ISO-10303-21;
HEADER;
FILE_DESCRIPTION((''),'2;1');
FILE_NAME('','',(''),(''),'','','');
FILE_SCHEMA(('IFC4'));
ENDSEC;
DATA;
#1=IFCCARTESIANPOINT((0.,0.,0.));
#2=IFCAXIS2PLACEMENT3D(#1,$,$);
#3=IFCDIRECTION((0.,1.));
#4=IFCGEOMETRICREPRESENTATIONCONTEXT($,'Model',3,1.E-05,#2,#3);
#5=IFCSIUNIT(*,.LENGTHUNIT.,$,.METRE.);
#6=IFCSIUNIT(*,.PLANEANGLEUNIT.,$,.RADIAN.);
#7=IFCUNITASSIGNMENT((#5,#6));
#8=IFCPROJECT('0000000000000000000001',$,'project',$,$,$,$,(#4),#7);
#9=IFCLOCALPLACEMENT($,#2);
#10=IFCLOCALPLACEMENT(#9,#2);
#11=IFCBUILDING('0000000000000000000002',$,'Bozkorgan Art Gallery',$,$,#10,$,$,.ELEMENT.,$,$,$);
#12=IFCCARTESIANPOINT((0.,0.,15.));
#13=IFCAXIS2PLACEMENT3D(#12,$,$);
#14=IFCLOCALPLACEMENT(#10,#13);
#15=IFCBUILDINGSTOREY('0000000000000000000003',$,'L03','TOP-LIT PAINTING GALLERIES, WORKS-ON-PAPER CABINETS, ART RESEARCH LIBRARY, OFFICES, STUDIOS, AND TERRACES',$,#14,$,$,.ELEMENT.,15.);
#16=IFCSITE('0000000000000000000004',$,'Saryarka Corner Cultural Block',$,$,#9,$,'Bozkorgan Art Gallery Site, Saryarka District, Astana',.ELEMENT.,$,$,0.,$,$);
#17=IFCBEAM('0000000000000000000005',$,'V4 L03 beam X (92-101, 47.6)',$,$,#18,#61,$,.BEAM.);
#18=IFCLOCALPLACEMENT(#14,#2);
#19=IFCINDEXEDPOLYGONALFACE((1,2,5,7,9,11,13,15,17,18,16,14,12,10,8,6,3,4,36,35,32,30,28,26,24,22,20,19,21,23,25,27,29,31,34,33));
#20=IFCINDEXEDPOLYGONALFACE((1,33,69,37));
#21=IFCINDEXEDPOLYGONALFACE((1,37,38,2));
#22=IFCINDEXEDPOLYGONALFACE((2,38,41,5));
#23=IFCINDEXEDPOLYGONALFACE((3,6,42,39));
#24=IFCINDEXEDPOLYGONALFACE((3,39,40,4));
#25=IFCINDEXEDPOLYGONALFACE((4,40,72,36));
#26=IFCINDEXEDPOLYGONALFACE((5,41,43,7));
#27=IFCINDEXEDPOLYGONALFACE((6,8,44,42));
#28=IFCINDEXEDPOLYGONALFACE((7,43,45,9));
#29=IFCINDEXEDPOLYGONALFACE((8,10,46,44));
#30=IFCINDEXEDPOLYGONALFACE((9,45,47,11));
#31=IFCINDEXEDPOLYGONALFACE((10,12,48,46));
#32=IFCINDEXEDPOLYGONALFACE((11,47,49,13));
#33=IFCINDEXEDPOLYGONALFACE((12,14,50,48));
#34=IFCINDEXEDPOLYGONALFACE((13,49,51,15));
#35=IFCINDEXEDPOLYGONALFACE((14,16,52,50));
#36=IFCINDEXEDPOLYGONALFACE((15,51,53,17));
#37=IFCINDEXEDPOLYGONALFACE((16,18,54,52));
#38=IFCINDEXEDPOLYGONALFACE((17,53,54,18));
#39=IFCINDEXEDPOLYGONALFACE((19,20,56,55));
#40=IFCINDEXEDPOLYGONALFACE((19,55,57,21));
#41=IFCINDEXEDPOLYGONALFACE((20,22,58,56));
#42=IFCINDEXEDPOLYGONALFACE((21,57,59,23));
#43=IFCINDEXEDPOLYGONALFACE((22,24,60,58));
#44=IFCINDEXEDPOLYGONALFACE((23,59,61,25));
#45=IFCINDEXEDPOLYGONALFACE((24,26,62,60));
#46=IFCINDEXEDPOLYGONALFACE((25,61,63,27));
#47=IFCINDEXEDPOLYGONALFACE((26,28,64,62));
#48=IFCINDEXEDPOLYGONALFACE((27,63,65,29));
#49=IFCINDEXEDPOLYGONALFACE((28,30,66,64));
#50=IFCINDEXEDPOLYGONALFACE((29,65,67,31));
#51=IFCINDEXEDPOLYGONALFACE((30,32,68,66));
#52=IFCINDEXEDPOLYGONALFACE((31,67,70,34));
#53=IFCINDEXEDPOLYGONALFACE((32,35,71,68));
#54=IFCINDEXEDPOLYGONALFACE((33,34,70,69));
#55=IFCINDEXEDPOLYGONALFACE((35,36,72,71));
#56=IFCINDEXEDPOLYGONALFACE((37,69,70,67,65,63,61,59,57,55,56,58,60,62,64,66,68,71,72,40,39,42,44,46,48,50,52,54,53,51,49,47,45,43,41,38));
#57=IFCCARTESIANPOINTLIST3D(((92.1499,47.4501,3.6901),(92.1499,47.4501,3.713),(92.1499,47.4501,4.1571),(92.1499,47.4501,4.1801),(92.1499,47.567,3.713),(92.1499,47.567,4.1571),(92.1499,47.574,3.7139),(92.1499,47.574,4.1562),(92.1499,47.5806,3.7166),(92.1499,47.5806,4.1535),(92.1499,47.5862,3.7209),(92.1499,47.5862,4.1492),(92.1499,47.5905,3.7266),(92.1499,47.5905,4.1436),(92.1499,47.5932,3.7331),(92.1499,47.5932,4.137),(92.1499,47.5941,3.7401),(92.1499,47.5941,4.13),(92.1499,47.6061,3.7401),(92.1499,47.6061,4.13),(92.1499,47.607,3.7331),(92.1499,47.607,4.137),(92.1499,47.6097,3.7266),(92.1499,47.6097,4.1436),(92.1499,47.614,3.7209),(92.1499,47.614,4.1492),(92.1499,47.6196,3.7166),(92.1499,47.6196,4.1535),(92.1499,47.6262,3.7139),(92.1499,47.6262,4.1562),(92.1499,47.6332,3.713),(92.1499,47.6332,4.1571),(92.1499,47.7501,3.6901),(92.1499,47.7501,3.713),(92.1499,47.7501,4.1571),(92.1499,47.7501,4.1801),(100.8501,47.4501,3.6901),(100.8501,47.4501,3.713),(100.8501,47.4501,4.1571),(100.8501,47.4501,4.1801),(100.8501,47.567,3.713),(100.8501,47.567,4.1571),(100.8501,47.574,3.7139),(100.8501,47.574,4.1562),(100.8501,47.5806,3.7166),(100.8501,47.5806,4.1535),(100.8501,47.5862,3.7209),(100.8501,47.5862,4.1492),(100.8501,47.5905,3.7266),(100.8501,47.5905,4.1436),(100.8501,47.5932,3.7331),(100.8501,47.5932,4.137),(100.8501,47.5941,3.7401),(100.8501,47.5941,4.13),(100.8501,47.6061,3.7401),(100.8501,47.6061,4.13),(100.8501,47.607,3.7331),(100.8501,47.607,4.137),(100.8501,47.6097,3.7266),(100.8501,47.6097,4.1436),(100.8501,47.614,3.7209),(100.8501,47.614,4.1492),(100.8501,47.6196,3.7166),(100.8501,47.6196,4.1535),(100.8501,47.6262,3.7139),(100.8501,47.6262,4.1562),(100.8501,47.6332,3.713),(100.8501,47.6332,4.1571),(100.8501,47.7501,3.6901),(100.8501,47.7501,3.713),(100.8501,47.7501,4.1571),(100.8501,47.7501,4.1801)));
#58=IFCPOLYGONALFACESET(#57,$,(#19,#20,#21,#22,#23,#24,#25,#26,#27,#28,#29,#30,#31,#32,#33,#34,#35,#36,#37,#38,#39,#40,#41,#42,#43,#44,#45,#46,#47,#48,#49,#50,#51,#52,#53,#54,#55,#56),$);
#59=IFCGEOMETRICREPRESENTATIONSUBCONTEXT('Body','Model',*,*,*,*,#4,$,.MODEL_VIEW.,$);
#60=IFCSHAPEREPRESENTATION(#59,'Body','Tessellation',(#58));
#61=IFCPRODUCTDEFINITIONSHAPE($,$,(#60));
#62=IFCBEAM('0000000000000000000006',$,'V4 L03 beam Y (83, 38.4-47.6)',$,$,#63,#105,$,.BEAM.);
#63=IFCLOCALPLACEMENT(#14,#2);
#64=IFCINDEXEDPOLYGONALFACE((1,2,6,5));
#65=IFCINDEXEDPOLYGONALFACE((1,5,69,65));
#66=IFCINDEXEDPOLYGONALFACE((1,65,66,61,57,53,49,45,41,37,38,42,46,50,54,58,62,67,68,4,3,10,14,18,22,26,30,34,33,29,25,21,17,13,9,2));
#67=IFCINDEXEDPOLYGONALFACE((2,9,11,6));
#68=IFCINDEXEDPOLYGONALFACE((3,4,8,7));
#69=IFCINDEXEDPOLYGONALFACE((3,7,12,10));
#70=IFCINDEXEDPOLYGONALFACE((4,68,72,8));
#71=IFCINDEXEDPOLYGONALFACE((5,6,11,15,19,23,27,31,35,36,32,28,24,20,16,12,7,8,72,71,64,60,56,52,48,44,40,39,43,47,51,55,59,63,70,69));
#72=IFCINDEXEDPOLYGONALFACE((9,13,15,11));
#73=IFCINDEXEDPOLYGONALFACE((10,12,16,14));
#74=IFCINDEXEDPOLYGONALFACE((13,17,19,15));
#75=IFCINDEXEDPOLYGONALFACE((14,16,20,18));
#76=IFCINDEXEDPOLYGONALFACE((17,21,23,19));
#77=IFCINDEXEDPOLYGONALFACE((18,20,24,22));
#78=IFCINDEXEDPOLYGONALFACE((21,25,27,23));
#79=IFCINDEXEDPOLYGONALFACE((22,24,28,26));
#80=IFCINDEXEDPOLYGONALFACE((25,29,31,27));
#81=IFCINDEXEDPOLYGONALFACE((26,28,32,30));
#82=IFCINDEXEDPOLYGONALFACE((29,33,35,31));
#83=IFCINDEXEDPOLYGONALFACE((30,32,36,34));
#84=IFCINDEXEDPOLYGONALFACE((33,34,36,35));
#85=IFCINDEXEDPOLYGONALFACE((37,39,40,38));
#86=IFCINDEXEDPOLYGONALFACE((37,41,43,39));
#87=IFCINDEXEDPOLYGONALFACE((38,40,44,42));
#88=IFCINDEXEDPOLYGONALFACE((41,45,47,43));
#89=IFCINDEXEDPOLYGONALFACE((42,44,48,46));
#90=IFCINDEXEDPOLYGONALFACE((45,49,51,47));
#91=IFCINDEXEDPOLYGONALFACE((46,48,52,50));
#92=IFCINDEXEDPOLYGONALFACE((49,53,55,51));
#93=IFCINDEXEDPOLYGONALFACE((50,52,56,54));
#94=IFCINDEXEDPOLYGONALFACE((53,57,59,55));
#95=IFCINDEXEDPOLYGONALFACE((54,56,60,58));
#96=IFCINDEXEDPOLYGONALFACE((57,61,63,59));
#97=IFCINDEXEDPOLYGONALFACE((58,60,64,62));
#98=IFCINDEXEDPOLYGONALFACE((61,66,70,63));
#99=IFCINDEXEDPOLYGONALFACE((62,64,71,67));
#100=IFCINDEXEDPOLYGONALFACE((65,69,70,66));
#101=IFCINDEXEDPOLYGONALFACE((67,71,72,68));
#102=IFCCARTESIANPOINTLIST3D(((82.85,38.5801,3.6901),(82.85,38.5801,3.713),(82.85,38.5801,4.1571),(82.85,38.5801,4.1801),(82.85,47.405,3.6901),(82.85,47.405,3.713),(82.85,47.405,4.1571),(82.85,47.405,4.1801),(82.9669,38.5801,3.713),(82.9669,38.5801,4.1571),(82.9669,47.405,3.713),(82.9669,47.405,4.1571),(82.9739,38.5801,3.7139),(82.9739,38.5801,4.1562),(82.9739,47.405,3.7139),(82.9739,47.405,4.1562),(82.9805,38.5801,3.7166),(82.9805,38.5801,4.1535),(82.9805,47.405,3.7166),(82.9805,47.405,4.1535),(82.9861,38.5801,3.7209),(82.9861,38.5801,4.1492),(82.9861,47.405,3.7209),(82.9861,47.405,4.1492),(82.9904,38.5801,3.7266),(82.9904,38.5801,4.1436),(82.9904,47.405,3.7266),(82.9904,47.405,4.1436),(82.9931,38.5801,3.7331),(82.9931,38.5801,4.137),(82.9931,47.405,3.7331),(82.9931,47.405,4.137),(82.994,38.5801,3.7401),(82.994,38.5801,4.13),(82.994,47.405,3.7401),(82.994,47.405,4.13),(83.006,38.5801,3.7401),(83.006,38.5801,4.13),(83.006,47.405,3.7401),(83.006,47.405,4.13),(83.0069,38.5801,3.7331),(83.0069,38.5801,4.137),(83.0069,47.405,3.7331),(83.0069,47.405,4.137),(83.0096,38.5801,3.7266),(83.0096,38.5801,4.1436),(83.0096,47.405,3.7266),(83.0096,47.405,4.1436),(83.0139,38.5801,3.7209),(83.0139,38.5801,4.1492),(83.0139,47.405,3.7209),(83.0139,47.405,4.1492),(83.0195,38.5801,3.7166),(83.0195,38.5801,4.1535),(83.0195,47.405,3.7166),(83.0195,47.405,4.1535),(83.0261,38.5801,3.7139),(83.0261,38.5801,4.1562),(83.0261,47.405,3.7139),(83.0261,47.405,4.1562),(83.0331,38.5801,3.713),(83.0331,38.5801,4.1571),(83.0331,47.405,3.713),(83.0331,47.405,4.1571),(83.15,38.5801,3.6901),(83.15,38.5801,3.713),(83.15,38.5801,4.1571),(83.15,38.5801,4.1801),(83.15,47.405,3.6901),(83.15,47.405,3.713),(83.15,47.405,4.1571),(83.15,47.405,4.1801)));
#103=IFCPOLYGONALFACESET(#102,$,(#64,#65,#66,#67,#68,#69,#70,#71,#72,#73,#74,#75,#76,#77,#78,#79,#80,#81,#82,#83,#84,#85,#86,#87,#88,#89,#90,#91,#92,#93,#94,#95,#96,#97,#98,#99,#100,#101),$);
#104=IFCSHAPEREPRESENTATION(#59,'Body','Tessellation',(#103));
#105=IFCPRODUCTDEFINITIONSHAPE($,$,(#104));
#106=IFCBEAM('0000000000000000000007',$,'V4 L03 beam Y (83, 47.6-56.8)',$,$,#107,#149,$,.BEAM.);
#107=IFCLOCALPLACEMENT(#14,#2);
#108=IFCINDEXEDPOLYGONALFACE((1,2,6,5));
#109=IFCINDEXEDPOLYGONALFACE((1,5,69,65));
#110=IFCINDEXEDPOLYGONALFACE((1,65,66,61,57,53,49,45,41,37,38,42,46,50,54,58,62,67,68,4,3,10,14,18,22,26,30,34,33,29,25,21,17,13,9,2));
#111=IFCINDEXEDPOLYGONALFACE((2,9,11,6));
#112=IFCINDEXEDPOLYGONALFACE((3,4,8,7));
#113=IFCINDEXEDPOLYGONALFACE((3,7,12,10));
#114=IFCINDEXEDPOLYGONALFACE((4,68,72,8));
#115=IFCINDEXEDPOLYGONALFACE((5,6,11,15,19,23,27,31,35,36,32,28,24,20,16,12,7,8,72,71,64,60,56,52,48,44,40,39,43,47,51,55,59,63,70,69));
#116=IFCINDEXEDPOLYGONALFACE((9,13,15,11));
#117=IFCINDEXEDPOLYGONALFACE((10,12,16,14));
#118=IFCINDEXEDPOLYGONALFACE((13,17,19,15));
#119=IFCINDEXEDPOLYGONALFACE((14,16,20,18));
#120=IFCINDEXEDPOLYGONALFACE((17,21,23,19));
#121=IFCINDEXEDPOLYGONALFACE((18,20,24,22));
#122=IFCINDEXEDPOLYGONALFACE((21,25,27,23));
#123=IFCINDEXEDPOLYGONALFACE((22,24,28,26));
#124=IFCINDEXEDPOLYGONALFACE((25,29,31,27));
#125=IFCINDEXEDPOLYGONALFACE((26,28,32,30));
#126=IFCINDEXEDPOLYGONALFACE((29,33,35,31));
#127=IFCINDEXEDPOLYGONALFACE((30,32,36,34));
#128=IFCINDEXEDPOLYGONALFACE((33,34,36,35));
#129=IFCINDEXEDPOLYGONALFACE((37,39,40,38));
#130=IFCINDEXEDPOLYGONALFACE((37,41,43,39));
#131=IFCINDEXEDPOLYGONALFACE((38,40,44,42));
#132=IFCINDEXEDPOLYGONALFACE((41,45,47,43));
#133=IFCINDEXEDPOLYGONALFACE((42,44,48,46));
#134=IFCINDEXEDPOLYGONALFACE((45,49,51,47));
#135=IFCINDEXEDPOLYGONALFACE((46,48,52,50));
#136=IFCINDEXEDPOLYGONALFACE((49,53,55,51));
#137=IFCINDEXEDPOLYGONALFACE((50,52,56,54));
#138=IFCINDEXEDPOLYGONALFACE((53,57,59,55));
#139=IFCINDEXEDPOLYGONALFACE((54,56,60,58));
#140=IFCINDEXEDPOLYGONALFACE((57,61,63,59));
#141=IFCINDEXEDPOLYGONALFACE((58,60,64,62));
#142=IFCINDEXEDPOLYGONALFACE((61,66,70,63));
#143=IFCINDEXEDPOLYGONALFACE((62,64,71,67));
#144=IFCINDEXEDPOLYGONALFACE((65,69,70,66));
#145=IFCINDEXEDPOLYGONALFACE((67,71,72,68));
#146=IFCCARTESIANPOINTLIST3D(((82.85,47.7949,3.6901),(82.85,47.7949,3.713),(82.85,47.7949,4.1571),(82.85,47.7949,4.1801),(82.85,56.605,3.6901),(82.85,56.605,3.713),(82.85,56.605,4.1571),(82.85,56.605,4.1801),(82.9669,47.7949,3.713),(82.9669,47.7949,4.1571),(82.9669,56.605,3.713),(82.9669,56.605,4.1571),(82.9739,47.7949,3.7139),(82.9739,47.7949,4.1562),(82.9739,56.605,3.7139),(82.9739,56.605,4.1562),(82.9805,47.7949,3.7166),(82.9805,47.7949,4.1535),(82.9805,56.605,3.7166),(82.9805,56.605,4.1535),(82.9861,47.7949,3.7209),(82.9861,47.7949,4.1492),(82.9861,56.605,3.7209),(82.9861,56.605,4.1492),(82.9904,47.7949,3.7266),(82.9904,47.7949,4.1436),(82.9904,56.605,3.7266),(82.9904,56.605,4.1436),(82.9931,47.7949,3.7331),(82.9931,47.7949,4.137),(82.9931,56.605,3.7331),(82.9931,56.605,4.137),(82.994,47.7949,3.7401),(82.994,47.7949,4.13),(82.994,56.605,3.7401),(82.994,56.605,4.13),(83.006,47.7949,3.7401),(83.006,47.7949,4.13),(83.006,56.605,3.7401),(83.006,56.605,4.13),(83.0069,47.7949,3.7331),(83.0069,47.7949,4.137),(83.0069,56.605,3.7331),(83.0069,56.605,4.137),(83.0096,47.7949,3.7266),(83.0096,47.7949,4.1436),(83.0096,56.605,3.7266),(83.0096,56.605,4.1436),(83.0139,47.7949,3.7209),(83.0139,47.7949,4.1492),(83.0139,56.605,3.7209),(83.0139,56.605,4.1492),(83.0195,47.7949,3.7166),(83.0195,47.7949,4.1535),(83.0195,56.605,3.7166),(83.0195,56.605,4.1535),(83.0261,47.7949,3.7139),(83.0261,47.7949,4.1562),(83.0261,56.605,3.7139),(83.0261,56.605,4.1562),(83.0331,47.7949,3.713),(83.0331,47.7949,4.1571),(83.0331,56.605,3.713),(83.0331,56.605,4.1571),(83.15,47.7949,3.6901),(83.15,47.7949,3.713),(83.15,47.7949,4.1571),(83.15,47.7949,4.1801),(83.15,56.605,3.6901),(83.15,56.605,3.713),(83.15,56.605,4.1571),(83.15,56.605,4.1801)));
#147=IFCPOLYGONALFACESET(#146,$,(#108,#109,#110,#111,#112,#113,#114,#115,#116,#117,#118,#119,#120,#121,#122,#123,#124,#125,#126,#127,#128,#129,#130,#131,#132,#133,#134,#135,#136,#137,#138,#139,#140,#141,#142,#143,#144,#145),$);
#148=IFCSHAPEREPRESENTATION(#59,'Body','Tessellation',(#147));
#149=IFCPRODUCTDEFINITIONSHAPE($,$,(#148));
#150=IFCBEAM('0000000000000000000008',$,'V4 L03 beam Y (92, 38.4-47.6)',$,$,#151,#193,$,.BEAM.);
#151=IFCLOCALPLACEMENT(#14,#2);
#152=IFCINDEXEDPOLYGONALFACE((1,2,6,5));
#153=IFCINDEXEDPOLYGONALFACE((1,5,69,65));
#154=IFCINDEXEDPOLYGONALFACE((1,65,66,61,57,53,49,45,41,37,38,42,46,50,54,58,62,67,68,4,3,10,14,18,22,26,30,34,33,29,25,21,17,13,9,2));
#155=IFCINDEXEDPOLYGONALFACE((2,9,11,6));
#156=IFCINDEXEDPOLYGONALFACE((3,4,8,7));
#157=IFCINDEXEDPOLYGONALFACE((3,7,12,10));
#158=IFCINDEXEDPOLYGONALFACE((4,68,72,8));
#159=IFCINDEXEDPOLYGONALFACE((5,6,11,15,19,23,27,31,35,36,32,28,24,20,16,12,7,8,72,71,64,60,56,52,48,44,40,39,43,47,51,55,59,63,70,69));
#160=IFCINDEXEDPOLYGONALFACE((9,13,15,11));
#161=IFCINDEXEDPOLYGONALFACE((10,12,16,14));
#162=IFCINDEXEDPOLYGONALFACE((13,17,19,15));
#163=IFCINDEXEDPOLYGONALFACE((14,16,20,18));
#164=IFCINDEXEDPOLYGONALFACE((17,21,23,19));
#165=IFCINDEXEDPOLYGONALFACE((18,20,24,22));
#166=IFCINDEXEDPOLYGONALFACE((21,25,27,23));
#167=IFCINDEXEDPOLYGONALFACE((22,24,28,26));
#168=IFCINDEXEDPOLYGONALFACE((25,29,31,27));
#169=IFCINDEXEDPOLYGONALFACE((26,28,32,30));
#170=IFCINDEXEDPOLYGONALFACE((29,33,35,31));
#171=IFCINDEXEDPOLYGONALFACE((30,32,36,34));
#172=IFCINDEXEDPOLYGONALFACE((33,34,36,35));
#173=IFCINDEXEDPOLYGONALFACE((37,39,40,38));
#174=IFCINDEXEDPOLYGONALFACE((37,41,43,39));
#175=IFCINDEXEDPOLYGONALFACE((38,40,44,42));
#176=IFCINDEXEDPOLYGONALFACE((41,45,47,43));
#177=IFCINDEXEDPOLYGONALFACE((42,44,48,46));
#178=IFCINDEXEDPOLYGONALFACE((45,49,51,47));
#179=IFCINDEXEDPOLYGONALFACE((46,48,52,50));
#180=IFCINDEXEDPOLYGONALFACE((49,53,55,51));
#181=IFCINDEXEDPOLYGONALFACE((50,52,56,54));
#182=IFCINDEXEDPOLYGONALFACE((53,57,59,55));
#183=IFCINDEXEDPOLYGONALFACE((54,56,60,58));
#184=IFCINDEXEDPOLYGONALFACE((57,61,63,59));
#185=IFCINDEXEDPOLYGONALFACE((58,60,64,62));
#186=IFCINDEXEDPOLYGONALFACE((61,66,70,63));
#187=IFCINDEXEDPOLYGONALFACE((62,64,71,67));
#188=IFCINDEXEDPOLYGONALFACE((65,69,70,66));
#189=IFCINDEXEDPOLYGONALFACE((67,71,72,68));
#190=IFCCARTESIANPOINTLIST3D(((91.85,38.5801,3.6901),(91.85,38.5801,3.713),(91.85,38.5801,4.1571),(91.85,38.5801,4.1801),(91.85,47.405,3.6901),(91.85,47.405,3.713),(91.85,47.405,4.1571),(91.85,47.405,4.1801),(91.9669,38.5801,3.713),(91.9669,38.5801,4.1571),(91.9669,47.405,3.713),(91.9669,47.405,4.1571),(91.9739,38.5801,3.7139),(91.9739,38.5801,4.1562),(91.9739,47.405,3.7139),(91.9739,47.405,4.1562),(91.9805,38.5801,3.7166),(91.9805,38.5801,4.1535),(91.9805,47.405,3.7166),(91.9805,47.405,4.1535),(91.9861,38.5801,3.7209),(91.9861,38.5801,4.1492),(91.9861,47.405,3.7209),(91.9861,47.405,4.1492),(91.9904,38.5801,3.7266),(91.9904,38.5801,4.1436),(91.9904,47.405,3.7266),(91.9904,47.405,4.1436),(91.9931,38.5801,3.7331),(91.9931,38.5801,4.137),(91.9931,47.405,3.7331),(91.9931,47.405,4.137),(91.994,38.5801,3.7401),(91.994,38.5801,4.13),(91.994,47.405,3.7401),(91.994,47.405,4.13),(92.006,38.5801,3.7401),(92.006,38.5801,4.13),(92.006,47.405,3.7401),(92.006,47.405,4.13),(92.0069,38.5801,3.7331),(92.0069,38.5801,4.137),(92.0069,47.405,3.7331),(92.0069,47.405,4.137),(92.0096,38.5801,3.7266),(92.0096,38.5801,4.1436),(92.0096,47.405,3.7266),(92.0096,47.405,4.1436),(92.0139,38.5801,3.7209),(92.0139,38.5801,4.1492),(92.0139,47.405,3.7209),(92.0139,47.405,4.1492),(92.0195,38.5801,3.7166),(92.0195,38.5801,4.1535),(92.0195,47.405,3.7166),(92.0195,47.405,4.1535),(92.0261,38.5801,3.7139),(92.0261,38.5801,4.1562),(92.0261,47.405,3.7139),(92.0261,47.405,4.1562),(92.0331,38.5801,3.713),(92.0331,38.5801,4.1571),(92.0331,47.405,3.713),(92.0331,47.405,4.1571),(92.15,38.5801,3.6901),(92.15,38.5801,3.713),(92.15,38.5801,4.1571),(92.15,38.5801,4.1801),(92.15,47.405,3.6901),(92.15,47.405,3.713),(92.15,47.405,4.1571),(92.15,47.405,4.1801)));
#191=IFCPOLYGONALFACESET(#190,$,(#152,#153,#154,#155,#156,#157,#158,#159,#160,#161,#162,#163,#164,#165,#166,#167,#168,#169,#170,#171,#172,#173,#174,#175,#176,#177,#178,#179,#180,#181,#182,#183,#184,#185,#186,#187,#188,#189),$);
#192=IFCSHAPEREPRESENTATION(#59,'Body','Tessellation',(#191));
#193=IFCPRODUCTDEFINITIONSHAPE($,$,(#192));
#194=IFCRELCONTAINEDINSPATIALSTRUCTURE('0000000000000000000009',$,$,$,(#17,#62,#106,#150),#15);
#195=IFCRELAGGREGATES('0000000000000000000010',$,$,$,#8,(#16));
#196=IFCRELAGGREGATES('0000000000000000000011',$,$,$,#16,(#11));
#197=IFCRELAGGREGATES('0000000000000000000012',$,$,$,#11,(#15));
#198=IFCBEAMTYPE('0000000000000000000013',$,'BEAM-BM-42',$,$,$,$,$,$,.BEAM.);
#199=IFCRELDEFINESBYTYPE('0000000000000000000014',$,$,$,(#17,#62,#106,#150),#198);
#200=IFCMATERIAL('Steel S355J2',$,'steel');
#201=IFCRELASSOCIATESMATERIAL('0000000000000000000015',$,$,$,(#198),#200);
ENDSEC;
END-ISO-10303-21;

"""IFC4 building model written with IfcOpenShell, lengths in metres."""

from ifc_helpers import new_model, si_unit, direction, frame, origin, origin_2d, place, context, subcontext, project, spatial, i_section, extrude, material, material_profile, profile_set, type_object, element, save


model = new_model("IFC4")

# Units and contexts
model_context = context("Model", 3, precision=1e-05, world=origin(), true_north=direction((0.0, 1.0)))
body_context = subcontext(model_context, "Body", "Model", "MODEL_VIEW")
ifc_project = project(units=[si_unit("LENGTHUNIT", "METRE"), si_unit("PLANEANGLEUNIT", "RADIAN")], contexts=[model_context])

# Site, building, storey
site_placement = place(None, origin())
site = spatial("IfcSite", under=ifc_project, at=site_placement, Name="Saryarka Corner Cultural Block", LongName="Bozkorgan Art Gallery Site, Saryarka District, Astana", CompositionType="ELEMENT", RefElevation=0.0)
building_placement = place(site_placement, origin())
building = spatial("IfcBuilding", under=site, at=building_placement, Name="Bozkorgan Art Gallery", CompositionType="ELEMENT")
storey_placement = place(building_placement, frame((0.0, 0.0, 15.0)))
storey = spatial("IfcBuildingStorey", under=building, at=storey_placement, Name="L03", Description="TOP-LIT PAINTING GALLERIES, WORKS-ON-PAPER CABINETS, ART RESEARCH LIBRARY, OFFICES, STUDIOS, AND TERRACES", CompositionType="ELEMENT", Elevation=15.0)

# Shared definitions
ifc_material_1 = material(Name="Steel S355J2", Category="steel")

# Beams
ifc_material_profile_1 = material_profile(ifc_material_1, i_section(OverallWidth=0.3, OverallDepth=0.49, WebThickness=0.012, FlangeThickness=0.0229, FilletRadius=0.0271, at=origin_2d()), Name="HEA 500")
ifc_profile_set_1 = profile_set([ifc_material_profile_1], Name="Steel S355J2")
beam_type_1 = type_object("IfcBeamType", Name="BEAM-BM-42", PredefinedType="BEAM", material=ifc_profile_set_1)
for number, where, z_axis, x_axis, name in (
    (1, (92.1499, 47.6001, 3.9351), (1.0, 0.0, 0.0), (0.0, 1.0, 0.0), "V4 L03 beam X (92-101, 47.6)"),
):
    element("IfcBeam", number, at=place(storey_placement, frame(where, z_axis=z_axis, x_axis=x_axis)), inside=storey, type_object=beam_type_1, Name=name, PredefinedType="BEAM", context=body_context, shape_type="SweptSolid", body=[
        extrude(i_section(OverallWidth=0.3, OverallDepth=0.49, WebThickness=0.012, FlangeThickness=0.0229, FilletRadius=0.0271, at=origin_2d()), origin(), (0.0, 0.0, 1.0), 8.7002),
    ])
beam_1_placement = place(storey_placement, frame((83.0, 38.5801, 3.9351), z_axis=(0.0, 1.0, 0.0), x_axis=(-1.0, 0.0, 0.0)))
element("IfcBeam", 2, at=beam_1_placement, inside=storey, type_object=beam_type_1, Name="V4 L03 beam Y (83, 38.4-47.6)", PredefinedType="BEAM", context=body_context, shape_type="SweptSolid", body=[
    extrude(i_section(OverallWidth=0.3, OverallDepth=0.49, WebThickness=0.012, FlangeThickness=0.0229, FilletRadius=0.0271, at=origin_2d()), origin(), (0.0, 0.0, 1.0), 8.825),
])
beam_2_placement = place(storey_placement, frame((83.0, 47.7949, 3.9351), z_axis=(0.0, 1.0, 0.0), x_axis=(-1.0, 0.0, 0.0)))
element("IfcBeam", 3, at=beam_2_placement, inside=storey, type_object=beam_type_1, Name="V4 L03 beam Y (83, 47.6-56.8)", PredefinedType="BEAM", context=body_context, shape_type="SweptSolid", body=[
    extrude(i_section(OverallWidth=0.3, OverallDepth=0.49, WebThickness=0.012, FlangeThickness=0.0229, FilletRadius=0.0271, at=origin_2d()), origin(), (0.0, 0.0, 1.0), 8.8101),
])
beam_3_placement = place(storey_placement, frame((92.0, 38.5801, 3.9351), z_axis=(0.0, 1.0, 0.0), x_axis=(-1.0, 0.0, 0.0)))
element("IfcBeam", 4, at=beam_3_placement, inside=storey, type_object=beam_type_1, Name="V4 L03 beam Y (92, 38.4-47.6)", PredefinedType="BEAM", context=body_context, shape_type="SweptSolid", body=[
    extrude(i_section(OverallWidth=0.3, OverallDepth=0.49, WebThickness=0.012, FlangeThickness=0.0229, FilletRadius=0.0271, at=origin_2d()), origin(), (0.0, 0.0, 1.0), 8.825),
])

save(model, "model.ifc")
